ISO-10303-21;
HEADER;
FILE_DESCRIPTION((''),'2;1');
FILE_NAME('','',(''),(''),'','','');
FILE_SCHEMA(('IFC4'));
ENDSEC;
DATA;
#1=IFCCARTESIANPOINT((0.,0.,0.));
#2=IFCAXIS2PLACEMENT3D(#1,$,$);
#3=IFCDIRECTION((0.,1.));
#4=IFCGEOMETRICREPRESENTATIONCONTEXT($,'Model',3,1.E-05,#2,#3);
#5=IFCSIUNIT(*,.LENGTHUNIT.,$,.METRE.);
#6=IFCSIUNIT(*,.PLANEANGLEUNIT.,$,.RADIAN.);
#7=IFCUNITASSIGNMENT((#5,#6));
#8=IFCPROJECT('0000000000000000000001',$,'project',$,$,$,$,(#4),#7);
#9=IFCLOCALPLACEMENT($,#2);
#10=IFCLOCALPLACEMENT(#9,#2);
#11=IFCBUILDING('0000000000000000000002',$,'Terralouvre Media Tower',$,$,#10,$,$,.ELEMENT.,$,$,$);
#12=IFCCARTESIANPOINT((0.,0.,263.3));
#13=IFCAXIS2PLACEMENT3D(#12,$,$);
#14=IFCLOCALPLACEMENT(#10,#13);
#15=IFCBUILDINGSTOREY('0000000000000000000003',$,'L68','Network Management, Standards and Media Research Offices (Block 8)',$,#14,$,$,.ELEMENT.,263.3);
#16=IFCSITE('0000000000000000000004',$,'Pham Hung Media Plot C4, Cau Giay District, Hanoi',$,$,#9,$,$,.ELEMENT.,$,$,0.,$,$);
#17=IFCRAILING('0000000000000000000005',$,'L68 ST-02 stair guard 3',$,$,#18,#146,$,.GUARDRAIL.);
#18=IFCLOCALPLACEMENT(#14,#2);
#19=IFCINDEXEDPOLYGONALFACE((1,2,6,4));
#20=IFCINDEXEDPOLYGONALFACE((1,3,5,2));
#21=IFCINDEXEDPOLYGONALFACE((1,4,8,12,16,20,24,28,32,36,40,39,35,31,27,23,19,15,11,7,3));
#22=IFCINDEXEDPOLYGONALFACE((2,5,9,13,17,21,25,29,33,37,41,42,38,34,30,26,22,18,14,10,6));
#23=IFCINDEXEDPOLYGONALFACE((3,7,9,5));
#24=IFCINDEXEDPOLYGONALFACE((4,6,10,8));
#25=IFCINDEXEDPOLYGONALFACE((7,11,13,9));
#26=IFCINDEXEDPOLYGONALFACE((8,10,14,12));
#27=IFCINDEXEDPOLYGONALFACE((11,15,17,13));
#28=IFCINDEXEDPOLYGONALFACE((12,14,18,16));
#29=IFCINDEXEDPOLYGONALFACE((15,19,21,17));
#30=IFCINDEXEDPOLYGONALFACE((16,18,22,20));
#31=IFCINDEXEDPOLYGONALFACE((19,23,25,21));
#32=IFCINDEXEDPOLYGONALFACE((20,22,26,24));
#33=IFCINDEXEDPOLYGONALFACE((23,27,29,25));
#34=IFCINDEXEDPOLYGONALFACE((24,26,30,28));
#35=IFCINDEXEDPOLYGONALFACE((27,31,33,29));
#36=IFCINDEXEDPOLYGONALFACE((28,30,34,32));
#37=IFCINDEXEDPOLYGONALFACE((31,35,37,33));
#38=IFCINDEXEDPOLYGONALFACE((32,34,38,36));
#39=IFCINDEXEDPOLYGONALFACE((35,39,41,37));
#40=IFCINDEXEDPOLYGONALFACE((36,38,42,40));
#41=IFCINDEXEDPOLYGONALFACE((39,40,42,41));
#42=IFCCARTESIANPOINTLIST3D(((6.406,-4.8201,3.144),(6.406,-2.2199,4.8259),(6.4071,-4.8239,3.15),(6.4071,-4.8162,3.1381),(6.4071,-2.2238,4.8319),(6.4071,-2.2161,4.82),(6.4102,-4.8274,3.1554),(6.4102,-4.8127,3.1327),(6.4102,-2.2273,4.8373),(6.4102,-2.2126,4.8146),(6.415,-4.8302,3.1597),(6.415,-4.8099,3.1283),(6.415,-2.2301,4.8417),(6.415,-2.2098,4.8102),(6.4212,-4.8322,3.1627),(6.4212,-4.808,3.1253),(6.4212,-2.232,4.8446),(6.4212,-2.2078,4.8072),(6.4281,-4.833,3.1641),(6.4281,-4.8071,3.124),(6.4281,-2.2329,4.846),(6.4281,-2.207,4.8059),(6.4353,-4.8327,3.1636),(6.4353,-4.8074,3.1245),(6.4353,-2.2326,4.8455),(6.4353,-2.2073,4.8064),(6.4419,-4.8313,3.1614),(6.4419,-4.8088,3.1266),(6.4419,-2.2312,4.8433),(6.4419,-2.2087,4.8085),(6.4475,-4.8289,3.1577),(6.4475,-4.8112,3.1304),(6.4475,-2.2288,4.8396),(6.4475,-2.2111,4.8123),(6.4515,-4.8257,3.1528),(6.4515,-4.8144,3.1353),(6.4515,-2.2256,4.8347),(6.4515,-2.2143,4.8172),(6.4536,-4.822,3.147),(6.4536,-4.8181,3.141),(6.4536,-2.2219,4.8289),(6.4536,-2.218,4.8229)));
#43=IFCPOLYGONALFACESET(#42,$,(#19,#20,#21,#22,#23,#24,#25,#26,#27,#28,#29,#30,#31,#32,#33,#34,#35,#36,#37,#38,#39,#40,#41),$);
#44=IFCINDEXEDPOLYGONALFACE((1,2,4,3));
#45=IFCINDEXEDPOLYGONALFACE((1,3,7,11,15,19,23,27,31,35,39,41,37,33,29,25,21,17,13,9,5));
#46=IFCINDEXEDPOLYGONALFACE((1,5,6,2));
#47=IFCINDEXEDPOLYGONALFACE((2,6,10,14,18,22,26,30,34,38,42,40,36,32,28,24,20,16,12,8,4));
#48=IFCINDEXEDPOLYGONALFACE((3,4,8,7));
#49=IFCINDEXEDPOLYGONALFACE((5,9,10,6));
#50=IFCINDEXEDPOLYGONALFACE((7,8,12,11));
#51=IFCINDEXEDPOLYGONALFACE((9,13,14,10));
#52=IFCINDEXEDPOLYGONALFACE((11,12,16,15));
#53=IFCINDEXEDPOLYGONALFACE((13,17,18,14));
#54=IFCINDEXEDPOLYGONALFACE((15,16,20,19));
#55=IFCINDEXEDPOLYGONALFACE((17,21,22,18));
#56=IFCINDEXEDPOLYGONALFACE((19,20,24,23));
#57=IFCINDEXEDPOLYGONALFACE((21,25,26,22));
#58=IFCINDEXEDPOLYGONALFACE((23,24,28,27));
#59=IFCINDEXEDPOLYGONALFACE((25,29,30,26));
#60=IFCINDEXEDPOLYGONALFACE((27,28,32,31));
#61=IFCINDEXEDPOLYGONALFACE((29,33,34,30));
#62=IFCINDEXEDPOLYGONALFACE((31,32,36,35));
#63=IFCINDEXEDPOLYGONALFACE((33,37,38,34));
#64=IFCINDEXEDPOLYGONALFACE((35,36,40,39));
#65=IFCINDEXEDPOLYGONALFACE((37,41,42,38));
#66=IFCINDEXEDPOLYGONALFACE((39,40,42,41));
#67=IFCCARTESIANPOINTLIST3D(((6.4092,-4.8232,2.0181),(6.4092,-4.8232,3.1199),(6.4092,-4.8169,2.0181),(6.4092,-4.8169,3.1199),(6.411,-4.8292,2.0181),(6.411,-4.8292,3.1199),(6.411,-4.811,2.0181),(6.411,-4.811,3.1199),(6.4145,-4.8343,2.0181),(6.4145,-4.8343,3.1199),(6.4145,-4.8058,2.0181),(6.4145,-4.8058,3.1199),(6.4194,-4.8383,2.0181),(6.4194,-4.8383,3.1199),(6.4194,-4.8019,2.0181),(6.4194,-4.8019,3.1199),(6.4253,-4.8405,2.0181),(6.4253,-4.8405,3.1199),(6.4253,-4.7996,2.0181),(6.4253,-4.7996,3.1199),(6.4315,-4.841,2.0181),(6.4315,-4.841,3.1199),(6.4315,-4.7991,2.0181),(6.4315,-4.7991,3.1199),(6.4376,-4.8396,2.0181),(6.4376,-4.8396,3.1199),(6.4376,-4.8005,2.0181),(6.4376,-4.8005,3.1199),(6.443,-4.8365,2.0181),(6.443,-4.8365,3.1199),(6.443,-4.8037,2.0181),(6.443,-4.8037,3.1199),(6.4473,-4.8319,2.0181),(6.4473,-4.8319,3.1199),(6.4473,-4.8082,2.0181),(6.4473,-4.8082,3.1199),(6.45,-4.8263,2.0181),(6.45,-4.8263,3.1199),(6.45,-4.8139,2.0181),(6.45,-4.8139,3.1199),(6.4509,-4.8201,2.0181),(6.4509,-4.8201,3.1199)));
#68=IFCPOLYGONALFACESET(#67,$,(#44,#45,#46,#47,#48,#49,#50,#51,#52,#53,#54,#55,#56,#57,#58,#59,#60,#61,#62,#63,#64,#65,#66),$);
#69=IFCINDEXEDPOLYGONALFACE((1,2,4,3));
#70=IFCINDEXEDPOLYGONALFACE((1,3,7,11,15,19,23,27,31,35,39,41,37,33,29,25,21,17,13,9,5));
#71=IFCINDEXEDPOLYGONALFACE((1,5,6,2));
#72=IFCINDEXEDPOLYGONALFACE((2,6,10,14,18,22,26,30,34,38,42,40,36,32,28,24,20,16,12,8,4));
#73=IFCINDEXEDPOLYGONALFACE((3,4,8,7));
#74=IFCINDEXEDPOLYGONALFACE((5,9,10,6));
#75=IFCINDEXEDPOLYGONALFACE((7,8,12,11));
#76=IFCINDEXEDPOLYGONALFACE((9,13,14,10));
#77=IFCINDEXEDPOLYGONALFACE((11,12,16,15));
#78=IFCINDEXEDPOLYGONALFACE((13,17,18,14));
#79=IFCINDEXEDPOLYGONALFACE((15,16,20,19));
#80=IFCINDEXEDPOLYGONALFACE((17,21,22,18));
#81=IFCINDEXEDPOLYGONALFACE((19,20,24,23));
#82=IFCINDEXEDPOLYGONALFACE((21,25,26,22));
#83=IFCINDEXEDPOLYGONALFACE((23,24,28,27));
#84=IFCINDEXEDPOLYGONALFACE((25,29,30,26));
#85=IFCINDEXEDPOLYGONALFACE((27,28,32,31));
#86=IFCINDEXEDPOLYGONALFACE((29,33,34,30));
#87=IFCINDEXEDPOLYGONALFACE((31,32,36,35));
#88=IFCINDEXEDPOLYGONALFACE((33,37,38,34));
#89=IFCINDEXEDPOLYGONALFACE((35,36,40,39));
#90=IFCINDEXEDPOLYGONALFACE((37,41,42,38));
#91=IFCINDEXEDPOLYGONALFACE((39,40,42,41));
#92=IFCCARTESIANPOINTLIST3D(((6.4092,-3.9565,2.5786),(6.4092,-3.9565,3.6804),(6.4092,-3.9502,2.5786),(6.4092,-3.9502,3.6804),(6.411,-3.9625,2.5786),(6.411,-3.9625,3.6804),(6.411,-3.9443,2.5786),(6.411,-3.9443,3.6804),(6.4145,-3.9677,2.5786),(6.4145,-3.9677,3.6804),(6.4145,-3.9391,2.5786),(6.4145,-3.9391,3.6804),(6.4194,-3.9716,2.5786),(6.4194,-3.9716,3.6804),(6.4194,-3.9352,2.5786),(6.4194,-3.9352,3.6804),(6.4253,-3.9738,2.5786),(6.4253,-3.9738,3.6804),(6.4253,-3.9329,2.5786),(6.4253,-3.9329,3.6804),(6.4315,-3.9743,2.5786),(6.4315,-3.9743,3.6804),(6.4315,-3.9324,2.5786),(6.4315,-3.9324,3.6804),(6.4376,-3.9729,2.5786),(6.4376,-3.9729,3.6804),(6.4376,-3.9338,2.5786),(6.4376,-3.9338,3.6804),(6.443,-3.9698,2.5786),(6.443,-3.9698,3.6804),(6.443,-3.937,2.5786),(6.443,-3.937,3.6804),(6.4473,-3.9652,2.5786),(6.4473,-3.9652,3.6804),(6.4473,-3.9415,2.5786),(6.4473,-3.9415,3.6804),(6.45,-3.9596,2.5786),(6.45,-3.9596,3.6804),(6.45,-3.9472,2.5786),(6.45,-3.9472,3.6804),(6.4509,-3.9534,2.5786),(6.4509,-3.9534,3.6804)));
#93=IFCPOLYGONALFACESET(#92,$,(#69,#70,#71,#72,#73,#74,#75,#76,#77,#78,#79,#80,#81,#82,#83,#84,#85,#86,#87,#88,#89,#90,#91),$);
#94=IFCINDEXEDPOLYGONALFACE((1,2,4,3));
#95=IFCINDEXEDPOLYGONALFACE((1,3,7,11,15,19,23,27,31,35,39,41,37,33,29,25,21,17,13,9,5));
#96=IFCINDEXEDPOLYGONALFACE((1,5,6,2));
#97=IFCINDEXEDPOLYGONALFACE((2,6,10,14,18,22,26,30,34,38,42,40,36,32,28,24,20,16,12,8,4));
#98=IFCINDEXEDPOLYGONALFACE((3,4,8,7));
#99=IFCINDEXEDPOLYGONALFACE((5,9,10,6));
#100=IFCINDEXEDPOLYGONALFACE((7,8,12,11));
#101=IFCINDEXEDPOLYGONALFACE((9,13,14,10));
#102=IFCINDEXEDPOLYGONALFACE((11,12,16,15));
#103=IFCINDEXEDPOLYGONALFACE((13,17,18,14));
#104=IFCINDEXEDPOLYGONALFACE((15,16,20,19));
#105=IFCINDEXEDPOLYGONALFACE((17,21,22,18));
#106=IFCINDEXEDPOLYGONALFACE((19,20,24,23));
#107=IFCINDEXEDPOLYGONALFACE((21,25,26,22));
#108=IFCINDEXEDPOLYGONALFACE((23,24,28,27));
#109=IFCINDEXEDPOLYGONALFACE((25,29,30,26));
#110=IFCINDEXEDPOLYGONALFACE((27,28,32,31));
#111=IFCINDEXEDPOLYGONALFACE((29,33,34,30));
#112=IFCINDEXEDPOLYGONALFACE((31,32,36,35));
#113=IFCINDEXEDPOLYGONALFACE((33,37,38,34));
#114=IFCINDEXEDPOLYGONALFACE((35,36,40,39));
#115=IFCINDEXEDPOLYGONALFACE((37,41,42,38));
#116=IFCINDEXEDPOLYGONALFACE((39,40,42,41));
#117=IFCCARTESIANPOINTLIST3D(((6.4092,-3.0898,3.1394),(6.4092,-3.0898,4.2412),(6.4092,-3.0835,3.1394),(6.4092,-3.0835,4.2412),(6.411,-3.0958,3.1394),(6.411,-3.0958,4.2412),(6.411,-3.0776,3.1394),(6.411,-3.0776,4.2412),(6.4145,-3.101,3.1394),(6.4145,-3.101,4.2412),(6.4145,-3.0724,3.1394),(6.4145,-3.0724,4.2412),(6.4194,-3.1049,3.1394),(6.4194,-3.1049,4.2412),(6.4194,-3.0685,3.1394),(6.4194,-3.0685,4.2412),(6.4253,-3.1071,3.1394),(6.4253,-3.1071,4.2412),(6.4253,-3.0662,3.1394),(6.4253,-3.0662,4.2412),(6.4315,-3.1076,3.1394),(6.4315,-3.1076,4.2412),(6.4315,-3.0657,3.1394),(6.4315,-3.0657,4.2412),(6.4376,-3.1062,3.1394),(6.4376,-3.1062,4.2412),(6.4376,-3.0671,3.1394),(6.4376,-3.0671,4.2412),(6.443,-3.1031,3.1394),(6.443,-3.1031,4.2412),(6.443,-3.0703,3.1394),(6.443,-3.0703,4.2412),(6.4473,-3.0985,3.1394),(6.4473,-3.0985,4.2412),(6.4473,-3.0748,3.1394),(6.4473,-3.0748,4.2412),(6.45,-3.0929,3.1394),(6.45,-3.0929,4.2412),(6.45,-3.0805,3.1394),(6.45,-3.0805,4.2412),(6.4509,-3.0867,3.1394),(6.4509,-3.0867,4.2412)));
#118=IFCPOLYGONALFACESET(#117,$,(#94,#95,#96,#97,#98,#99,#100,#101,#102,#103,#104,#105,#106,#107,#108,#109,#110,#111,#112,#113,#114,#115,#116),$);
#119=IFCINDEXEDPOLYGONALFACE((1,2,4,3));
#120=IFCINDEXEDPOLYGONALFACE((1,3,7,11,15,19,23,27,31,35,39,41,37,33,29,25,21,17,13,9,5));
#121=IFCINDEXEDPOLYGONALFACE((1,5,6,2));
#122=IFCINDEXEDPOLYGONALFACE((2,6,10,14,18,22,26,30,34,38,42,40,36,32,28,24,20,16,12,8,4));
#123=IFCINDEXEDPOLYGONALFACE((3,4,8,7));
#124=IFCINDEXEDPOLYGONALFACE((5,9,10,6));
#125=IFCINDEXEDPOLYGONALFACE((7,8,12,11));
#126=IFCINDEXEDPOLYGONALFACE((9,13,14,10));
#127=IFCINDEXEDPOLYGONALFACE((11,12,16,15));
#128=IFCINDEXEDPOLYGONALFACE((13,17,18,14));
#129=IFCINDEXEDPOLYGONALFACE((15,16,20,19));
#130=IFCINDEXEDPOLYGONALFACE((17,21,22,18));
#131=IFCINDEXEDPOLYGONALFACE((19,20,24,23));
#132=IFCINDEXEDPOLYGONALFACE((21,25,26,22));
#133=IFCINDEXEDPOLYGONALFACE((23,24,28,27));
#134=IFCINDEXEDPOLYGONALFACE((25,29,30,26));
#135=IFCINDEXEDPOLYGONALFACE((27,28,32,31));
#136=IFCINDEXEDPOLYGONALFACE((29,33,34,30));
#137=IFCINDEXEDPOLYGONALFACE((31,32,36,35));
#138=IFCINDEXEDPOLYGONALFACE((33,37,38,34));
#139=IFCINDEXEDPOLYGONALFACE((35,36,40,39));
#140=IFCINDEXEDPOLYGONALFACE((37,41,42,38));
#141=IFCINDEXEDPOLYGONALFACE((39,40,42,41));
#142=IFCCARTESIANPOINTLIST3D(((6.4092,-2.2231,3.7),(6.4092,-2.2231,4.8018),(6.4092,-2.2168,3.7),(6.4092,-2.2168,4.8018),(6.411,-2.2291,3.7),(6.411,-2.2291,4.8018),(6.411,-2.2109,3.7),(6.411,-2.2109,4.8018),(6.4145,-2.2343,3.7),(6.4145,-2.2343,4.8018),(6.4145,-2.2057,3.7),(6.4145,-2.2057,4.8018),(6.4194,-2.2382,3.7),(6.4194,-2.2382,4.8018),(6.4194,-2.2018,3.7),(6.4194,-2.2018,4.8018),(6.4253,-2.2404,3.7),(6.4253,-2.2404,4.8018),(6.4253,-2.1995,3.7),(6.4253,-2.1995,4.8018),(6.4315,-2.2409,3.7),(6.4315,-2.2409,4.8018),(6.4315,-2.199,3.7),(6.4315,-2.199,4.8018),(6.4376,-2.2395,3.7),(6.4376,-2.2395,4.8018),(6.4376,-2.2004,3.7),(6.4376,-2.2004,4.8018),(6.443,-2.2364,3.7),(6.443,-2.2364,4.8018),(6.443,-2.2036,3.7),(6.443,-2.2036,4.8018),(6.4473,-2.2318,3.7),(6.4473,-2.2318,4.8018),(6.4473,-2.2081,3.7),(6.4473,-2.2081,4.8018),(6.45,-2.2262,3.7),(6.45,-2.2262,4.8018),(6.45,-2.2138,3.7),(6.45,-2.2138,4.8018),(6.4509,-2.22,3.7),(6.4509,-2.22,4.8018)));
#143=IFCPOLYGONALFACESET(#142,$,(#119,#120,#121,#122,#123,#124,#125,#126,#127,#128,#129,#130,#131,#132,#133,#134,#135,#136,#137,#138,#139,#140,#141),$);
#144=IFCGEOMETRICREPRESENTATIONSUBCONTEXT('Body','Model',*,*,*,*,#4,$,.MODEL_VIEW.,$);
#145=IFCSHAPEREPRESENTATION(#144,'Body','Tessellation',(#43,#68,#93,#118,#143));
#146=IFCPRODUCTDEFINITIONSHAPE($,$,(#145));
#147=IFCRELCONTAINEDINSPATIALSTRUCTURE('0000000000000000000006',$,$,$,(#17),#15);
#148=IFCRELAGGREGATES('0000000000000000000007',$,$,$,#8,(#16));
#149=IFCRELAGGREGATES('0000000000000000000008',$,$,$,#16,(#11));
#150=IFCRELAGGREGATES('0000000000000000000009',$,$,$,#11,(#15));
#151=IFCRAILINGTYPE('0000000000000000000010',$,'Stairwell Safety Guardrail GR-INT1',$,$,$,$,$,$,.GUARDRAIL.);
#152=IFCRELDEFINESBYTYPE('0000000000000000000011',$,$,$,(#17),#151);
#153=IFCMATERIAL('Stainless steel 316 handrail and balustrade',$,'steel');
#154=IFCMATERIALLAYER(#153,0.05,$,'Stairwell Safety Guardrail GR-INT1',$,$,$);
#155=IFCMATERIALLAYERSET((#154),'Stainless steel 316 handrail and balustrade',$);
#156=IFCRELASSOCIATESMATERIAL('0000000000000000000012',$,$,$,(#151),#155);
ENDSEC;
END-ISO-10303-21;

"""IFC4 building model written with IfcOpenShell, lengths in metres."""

from ifc_helpers import new_model, si_unit, direction, frame, origin, origin_2d, place, context, subcontext, project, spatial, circle, extrude, material, layer, layer_set, type_object, element, save


model = new_model("IFC4")

# Units and contexts
model_context = context("Model", 3, precision=1e-05, world=origin(), true_north=direction((0.0, 1.0)))
body_context = subcontext(model_context, "Body", "Model", "MODEL_VIEW")
ifc_project = project(units=[si_unit("LENGTHUNIT", "METRE"), si_unit("PLANEANGLEUNIT", "RADIAN")], contexts=[model_context])

# Site, building, storey
site_placement = place(None, origin())
site = spatial("IfcSite", under=ifc_project, at=site_placement, Name="Pham Hung Media Plot C4, Cau Giay District, Hanoi", CompositionType="ELEMENT", RefElevation=0.0)
building_placement = place(site_placement, origin())
building = spatial("IfcBuilding", under=site, at=building_placement, Name="Terralouvre Media Tower", CompositionType="ELEMENT")
storey_placement = place(building_placement, frame((0.0, 0.0, 263.3)))
storey = spatial("IfcBuildingStorey", under=building, at=storey_placement, Name="L68", Description="Network Management, Standards and Media Research Offices (Block 8)", CompositionType="ELEMENT", Elevation=263.3)

# Railing
ifc_material_1 = material(Name="Stainless steel 316 handrail and balustrade", Category="steel")
ifc_layer_1 = layer(ifc_material_1, 0.05, Name="Stairwell Safety Guardrail GR-INT1")
ifc_layer_set_1 = layer_set([ifc_layer_1], Name="Stainless steel 316 handrail and balustrade")
railing_type_1 = type_object("IfcRailingType", Name="Stairwell Safety Guardrail GR-INT1", PredefinedType="GUARDRAIL", material=ifc_layer_set_1)
railing_1_placement = place(storey_placement, frame((6.4299, -4.8201, 2.0181)))
element("IfcRailing", 1, at=railing_1_placement, inside=storey, type_object=railing_type_1, Name="L68 ST-02 stair guard 3", PredefinedType="GUARDRAIL", context=body_context, shape_type="SweptSolid", body=[
    extrude(circle(Radius=0.0239, at=origin_2d()), frame((0.0, 0.0, 1.126), z_axis=(0.0, 0.839648, 0.54313), x_axis=(-1.0, 0.0, 0.0)), (0.0, 0.0, 1.0), 3.0967),
    extrude(circle(Radius=0.021, at=origin_2d()), origin(), (0.0, 0.0, 1.0), 1.1018),
    extrude(circle(Radius=0.021, at=origin_2d()), frame((0.0, 0.8667, 0.5605)), (0.0, 0.0, 1.0), 1.1018),
    extrude(circle(Radius=0.021, at=origin_2d()), frame((0.0, 1.7334, 1.1213)), (0.0, 0.0, 1.0), 1.1018),
    extrude(circle(Radius=0.021, at=origin_2d()), frame((0.0, 2.6001, 1.6819)), (0.0, 0.0, 1.0), 1.1018),
])

save(model, "model.ifc")
